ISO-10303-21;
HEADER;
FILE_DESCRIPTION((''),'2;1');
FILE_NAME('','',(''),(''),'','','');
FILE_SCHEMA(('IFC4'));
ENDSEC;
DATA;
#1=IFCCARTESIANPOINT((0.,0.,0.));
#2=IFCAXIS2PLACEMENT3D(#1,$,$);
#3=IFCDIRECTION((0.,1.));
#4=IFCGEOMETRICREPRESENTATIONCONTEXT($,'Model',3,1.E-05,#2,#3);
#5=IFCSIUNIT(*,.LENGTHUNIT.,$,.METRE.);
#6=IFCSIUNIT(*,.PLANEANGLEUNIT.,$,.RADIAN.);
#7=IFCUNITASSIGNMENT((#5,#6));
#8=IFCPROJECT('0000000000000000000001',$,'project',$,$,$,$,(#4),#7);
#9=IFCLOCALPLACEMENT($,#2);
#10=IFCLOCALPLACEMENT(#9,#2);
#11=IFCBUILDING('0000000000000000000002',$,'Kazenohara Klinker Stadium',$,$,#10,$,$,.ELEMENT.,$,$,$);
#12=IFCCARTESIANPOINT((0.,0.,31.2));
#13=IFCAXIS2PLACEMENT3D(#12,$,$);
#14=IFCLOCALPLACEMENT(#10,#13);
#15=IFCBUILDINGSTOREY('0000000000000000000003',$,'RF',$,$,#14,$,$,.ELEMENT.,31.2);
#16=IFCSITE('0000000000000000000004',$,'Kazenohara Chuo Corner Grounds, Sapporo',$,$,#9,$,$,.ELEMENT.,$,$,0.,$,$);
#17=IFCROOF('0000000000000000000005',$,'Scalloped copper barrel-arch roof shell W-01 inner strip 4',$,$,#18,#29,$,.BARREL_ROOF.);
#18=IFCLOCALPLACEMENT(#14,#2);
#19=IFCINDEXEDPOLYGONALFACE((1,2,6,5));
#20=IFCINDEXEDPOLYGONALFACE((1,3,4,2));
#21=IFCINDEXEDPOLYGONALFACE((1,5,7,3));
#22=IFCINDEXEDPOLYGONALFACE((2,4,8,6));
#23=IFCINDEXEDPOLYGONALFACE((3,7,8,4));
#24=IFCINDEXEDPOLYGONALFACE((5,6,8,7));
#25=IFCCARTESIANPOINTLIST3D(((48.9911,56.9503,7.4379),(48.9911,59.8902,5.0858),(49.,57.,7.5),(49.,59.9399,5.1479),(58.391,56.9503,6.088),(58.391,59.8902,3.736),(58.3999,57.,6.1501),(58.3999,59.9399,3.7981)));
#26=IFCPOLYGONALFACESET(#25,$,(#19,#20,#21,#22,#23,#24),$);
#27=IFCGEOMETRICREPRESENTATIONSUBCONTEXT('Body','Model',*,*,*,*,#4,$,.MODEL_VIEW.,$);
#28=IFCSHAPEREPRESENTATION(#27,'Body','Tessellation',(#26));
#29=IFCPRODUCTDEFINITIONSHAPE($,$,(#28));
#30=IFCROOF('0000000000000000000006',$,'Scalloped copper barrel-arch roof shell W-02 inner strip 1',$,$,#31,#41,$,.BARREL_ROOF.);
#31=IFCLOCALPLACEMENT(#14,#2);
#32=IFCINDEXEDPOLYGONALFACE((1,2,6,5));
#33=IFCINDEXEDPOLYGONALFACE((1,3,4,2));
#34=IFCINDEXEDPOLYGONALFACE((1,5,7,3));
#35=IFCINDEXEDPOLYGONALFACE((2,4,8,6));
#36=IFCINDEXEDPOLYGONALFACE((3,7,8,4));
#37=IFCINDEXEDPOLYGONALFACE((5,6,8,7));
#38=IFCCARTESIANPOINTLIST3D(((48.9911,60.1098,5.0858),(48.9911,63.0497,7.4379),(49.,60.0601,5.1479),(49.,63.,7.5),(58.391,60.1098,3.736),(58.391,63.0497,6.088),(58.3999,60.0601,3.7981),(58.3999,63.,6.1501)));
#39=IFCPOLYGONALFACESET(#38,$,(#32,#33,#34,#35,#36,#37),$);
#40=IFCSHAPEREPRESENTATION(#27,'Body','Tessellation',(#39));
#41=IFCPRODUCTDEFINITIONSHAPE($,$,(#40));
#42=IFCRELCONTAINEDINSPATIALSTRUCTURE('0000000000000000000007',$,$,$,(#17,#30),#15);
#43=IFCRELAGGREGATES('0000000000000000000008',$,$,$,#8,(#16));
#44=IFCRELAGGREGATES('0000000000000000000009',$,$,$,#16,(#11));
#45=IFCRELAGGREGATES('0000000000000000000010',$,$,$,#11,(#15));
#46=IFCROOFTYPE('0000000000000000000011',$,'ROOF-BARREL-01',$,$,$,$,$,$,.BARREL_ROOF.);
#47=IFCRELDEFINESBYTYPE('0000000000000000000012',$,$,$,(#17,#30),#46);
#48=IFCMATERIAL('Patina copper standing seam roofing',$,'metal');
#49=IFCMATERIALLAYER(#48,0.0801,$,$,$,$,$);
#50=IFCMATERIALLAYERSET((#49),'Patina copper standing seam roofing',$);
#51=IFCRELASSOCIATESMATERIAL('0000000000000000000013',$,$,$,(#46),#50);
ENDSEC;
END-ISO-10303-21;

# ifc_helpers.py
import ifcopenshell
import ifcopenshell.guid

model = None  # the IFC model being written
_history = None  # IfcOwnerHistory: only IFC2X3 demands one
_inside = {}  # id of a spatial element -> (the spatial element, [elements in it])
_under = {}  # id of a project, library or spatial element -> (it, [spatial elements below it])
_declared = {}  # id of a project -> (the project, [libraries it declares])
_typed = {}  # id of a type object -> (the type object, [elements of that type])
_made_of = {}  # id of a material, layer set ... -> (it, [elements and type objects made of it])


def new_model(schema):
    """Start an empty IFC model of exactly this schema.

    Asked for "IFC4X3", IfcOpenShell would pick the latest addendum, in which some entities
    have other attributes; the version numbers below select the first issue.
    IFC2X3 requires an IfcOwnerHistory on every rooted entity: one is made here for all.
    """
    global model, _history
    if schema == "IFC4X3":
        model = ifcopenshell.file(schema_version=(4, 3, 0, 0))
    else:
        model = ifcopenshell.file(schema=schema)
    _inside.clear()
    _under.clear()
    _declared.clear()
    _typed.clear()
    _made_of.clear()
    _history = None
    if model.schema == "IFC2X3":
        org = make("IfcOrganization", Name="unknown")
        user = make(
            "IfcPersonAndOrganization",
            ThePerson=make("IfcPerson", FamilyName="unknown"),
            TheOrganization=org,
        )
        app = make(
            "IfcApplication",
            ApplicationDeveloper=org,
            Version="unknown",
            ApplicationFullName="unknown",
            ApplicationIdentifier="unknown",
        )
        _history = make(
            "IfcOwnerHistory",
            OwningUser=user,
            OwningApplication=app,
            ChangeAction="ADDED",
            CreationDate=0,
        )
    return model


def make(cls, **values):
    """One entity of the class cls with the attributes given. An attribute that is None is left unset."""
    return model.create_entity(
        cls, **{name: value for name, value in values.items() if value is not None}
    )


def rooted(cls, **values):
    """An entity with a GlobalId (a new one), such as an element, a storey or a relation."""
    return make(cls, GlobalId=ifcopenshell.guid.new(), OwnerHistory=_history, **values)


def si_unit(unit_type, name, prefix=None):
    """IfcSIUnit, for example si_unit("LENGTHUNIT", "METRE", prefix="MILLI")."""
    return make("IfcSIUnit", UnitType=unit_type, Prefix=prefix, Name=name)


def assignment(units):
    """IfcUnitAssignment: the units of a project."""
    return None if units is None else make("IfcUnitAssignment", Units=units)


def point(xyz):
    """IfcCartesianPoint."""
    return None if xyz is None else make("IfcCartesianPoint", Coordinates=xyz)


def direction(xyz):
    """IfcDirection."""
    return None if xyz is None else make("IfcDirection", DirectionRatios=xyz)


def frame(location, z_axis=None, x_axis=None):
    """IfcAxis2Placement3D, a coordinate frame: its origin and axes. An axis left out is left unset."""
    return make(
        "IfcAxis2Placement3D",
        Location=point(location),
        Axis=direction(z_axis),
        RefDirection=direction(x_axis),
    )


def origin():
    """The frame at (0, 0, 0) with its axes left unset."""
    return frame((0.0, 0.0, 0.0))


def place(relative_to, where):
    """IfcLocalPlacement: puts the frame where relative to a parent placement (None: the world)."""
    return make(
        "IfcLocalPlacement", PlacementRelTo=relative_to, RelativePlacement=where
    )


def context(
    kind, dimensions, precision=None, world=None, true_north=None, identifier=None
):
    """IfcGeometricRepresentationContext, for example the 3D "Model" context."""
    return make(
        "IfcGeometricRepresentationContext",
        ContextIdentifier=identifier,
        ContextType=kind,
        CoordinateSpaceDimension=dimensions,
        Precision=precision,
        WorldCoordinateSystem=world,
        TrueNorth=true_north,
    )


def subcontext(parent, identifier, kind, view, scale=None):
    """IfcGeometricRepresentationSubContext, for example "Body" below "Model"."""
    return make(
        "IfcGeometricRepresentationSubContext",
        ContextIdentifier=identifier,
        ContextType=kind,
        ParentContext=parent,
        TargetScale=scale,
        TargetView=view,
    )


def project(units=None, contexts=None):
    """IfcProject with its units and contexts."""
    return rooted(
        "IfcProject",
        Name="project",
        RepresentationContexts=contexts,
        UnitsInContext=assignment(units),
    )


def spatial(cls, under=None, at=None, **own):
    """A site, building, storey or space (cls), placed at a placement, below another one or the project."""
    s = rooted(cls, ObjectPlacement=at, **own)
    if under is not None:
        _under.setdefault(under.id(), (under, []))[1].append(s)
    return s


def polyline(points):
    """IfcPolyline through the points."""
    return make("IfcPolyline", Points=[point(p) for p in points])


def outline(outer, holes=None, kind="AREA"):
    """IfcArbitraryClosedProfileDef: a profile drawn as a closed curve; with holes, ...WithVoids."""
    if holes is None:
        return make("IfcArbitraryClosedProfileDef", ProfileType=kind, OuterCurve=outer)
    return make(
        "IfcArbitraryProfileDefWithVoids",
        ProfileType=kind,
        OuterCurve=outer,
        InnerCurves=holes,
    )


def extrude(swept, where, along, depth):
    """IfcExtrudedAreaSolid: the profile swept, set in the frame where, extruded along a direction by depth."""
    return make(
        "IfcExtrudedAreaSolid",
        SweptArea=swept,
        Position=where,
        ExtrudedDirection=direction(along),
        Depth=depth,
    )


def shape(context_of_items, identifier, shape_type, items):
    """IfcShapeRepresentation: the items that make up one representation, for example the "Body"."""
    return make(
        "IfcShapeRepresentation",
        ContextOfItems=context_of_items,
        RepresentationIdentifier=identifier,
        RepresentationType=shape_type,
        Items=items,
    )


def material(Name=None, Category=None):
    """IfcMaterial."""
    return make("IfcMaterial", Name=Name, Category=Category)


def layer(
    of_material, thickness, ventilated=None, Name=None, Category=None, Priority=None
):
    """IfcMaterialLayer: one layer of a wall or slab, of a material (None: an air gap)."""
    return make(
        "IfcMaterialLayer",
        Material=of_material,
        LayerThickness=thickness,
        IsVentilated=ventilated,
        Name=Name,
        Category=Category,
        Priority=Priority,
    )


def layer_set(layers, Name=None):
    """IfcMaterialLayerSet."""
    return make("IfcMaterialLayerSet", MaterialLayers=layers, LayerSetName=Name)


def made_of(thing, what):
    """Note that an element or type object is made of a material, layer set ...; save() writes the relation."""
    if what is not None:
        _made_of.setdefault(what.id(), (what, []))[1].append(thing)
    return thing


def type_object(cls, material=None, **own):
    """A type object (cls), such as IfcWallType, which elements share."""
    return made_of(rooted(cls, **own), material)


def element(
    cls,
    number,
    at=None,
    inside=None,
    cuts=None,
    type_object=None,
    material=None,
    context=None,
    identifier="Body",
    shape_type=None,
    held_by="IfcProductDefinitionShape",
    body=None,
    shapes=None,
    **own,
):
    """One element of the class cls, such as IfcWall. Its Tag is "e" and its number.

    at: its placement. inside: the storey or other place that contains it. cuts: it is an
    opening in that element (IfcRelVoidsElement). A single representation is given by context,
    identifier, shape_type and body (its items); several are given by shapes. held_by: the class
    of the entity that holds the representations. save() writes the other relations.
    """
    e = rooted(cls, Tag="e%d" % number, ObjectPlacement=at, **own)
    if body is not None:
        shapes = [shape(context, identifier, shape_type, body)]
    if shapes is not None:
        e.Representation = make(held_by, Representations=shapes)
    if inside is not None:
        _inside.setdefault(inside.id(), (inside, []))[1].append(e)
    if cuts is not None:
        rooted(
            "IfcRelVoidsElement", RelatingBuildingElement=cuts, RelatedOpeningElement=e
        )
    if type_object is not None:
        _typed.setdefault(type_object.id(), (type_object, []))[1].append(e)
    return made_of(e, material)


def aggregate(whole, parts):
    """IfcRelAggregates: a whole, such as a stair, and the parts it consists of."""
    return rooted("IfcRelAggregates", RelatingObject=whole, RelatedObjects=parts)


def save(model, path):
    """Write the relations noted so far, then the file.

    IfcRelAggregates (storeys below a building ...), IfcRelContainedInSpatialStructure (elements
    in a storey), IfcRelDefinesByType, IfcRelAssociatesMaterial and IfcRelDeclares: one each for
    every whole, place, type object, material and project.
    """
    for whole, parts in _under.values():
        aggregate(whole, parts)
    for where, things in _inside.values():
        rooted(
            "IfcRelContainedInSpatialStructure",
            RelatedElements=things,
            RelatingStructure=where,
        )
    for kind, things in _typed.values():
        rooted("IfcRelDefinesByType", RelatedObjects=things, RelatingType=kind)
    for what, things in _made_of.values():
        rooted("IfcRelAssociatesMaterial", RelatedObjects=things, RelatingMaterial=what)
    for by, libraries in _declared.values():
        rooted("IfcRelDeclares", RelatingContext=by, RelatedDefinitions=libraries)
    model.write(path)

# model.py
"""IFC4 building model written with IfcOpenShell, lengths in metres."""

from ifc_helpers import new_model, si_unit, direction, frame, origin, place, context, subcontext, project, spatial, polyline, outline, extrude, material, layer, layer_set, type_object, element, save


model = new_model("IFC4")

# Units and contexts
model_context = context("Model", 3, precision=1e-05, world=origin(), true_north=direction((0.0, 1.0)))
body_context = subcontext(model_context, "Body", "Model", "MODEL_VIEW")
ifc_project = project(units=[si_unit("LENGTHUNIT", "METRE"), si_unit("PLANEANGLEUNIT", "RADIAN")], contexts=[model_context])

# Site, building, storey
site_placement = place(None, origin())
site = spatial("IfcSite", under=ifc_project, at=site_placement, Name="Kazenohara Chuo Corner Grounds, Sapporo", CompositionType="ELEMENT", RefElevation=0.0)
building_placement = place(site_placement, origin())
building = spatial("IfcBuilding", under=site, at=building_placement, Name="Kazenohara Klinker Stadium", CompositionType="ELEMENT")
storey_placement = place(building_placement, frame((0.0, 0.0, 31.2)))
storey = spatial("IfcBuildingStorey", under=building, at=storey_placement, Name="RF", CompositionType="ELEMENT", Elevation=31.2)

# Roofs
ifc_material_1 = material(Name="Patina copper standing seam roofing", Category="metal")
ifc_layer_1 = layer(ifc_material_1, 0.0801)
ifc_layer_set_1 = layer_set([ifc_layer_1], Name="Patina copper standing seam roofing")
roof_type = type_object("IfcRoofType", Name="ROOF-BARREL-01", PredefinedType="BARREL_ROOF", material=ifc_layer_set_1)
roof_1_placement = place(storey_placement, frame((49.0, 57.0, 7.5), z_axis=(0.111435, 0.62082, 0.775993), x_axis=(0.989846, 0.0, -0.142145)))
element("IfcRoof", 1, at=roof_1_placement, inside=storey, type_object=roof_type, Name="Scalloped copper barrel-arch roof shell W-01 inner strip 4", PredefinedType="BARREL_ROOF", context=body_context, shape_type="SweptSolid", body=[
    extrude(outline(polyline([(0.0, 0.0), (9.4963, 0.0), (9.8307, 3.7501), (0.3343, 3.7501), (0.0, 0.0)])), origin(), (0.0, 0.0, -1.0), 0.0801),
])
roof_2_placement = place(storey_placement, frame((49.0, 60.0601, 5.1479), z_axis=(0.111435, -0.62082, 0.775993), x_axis=(0.989846, 0.0, -0.142145)))
element("IfcRoof", 2, at=roof_2_placement, inside=storey, type_object=roof_type, Name="Scalloped copper barrel-arch roof shell W-02 inner strip 1", PredefinedType="BARREL_ROOF", context=body_context, shape_type="SweptSolid", body=[
    extrude(outline(polyline([(0.0, 0.0), (9.4963, 0.0), (9.162, 3.7501), (-0.3343, 3.7501), (0.0, 0.0)])), origin(), (0.0, 0.0, -1.0), 0.0801),
])

save(model, "model.ifc")
